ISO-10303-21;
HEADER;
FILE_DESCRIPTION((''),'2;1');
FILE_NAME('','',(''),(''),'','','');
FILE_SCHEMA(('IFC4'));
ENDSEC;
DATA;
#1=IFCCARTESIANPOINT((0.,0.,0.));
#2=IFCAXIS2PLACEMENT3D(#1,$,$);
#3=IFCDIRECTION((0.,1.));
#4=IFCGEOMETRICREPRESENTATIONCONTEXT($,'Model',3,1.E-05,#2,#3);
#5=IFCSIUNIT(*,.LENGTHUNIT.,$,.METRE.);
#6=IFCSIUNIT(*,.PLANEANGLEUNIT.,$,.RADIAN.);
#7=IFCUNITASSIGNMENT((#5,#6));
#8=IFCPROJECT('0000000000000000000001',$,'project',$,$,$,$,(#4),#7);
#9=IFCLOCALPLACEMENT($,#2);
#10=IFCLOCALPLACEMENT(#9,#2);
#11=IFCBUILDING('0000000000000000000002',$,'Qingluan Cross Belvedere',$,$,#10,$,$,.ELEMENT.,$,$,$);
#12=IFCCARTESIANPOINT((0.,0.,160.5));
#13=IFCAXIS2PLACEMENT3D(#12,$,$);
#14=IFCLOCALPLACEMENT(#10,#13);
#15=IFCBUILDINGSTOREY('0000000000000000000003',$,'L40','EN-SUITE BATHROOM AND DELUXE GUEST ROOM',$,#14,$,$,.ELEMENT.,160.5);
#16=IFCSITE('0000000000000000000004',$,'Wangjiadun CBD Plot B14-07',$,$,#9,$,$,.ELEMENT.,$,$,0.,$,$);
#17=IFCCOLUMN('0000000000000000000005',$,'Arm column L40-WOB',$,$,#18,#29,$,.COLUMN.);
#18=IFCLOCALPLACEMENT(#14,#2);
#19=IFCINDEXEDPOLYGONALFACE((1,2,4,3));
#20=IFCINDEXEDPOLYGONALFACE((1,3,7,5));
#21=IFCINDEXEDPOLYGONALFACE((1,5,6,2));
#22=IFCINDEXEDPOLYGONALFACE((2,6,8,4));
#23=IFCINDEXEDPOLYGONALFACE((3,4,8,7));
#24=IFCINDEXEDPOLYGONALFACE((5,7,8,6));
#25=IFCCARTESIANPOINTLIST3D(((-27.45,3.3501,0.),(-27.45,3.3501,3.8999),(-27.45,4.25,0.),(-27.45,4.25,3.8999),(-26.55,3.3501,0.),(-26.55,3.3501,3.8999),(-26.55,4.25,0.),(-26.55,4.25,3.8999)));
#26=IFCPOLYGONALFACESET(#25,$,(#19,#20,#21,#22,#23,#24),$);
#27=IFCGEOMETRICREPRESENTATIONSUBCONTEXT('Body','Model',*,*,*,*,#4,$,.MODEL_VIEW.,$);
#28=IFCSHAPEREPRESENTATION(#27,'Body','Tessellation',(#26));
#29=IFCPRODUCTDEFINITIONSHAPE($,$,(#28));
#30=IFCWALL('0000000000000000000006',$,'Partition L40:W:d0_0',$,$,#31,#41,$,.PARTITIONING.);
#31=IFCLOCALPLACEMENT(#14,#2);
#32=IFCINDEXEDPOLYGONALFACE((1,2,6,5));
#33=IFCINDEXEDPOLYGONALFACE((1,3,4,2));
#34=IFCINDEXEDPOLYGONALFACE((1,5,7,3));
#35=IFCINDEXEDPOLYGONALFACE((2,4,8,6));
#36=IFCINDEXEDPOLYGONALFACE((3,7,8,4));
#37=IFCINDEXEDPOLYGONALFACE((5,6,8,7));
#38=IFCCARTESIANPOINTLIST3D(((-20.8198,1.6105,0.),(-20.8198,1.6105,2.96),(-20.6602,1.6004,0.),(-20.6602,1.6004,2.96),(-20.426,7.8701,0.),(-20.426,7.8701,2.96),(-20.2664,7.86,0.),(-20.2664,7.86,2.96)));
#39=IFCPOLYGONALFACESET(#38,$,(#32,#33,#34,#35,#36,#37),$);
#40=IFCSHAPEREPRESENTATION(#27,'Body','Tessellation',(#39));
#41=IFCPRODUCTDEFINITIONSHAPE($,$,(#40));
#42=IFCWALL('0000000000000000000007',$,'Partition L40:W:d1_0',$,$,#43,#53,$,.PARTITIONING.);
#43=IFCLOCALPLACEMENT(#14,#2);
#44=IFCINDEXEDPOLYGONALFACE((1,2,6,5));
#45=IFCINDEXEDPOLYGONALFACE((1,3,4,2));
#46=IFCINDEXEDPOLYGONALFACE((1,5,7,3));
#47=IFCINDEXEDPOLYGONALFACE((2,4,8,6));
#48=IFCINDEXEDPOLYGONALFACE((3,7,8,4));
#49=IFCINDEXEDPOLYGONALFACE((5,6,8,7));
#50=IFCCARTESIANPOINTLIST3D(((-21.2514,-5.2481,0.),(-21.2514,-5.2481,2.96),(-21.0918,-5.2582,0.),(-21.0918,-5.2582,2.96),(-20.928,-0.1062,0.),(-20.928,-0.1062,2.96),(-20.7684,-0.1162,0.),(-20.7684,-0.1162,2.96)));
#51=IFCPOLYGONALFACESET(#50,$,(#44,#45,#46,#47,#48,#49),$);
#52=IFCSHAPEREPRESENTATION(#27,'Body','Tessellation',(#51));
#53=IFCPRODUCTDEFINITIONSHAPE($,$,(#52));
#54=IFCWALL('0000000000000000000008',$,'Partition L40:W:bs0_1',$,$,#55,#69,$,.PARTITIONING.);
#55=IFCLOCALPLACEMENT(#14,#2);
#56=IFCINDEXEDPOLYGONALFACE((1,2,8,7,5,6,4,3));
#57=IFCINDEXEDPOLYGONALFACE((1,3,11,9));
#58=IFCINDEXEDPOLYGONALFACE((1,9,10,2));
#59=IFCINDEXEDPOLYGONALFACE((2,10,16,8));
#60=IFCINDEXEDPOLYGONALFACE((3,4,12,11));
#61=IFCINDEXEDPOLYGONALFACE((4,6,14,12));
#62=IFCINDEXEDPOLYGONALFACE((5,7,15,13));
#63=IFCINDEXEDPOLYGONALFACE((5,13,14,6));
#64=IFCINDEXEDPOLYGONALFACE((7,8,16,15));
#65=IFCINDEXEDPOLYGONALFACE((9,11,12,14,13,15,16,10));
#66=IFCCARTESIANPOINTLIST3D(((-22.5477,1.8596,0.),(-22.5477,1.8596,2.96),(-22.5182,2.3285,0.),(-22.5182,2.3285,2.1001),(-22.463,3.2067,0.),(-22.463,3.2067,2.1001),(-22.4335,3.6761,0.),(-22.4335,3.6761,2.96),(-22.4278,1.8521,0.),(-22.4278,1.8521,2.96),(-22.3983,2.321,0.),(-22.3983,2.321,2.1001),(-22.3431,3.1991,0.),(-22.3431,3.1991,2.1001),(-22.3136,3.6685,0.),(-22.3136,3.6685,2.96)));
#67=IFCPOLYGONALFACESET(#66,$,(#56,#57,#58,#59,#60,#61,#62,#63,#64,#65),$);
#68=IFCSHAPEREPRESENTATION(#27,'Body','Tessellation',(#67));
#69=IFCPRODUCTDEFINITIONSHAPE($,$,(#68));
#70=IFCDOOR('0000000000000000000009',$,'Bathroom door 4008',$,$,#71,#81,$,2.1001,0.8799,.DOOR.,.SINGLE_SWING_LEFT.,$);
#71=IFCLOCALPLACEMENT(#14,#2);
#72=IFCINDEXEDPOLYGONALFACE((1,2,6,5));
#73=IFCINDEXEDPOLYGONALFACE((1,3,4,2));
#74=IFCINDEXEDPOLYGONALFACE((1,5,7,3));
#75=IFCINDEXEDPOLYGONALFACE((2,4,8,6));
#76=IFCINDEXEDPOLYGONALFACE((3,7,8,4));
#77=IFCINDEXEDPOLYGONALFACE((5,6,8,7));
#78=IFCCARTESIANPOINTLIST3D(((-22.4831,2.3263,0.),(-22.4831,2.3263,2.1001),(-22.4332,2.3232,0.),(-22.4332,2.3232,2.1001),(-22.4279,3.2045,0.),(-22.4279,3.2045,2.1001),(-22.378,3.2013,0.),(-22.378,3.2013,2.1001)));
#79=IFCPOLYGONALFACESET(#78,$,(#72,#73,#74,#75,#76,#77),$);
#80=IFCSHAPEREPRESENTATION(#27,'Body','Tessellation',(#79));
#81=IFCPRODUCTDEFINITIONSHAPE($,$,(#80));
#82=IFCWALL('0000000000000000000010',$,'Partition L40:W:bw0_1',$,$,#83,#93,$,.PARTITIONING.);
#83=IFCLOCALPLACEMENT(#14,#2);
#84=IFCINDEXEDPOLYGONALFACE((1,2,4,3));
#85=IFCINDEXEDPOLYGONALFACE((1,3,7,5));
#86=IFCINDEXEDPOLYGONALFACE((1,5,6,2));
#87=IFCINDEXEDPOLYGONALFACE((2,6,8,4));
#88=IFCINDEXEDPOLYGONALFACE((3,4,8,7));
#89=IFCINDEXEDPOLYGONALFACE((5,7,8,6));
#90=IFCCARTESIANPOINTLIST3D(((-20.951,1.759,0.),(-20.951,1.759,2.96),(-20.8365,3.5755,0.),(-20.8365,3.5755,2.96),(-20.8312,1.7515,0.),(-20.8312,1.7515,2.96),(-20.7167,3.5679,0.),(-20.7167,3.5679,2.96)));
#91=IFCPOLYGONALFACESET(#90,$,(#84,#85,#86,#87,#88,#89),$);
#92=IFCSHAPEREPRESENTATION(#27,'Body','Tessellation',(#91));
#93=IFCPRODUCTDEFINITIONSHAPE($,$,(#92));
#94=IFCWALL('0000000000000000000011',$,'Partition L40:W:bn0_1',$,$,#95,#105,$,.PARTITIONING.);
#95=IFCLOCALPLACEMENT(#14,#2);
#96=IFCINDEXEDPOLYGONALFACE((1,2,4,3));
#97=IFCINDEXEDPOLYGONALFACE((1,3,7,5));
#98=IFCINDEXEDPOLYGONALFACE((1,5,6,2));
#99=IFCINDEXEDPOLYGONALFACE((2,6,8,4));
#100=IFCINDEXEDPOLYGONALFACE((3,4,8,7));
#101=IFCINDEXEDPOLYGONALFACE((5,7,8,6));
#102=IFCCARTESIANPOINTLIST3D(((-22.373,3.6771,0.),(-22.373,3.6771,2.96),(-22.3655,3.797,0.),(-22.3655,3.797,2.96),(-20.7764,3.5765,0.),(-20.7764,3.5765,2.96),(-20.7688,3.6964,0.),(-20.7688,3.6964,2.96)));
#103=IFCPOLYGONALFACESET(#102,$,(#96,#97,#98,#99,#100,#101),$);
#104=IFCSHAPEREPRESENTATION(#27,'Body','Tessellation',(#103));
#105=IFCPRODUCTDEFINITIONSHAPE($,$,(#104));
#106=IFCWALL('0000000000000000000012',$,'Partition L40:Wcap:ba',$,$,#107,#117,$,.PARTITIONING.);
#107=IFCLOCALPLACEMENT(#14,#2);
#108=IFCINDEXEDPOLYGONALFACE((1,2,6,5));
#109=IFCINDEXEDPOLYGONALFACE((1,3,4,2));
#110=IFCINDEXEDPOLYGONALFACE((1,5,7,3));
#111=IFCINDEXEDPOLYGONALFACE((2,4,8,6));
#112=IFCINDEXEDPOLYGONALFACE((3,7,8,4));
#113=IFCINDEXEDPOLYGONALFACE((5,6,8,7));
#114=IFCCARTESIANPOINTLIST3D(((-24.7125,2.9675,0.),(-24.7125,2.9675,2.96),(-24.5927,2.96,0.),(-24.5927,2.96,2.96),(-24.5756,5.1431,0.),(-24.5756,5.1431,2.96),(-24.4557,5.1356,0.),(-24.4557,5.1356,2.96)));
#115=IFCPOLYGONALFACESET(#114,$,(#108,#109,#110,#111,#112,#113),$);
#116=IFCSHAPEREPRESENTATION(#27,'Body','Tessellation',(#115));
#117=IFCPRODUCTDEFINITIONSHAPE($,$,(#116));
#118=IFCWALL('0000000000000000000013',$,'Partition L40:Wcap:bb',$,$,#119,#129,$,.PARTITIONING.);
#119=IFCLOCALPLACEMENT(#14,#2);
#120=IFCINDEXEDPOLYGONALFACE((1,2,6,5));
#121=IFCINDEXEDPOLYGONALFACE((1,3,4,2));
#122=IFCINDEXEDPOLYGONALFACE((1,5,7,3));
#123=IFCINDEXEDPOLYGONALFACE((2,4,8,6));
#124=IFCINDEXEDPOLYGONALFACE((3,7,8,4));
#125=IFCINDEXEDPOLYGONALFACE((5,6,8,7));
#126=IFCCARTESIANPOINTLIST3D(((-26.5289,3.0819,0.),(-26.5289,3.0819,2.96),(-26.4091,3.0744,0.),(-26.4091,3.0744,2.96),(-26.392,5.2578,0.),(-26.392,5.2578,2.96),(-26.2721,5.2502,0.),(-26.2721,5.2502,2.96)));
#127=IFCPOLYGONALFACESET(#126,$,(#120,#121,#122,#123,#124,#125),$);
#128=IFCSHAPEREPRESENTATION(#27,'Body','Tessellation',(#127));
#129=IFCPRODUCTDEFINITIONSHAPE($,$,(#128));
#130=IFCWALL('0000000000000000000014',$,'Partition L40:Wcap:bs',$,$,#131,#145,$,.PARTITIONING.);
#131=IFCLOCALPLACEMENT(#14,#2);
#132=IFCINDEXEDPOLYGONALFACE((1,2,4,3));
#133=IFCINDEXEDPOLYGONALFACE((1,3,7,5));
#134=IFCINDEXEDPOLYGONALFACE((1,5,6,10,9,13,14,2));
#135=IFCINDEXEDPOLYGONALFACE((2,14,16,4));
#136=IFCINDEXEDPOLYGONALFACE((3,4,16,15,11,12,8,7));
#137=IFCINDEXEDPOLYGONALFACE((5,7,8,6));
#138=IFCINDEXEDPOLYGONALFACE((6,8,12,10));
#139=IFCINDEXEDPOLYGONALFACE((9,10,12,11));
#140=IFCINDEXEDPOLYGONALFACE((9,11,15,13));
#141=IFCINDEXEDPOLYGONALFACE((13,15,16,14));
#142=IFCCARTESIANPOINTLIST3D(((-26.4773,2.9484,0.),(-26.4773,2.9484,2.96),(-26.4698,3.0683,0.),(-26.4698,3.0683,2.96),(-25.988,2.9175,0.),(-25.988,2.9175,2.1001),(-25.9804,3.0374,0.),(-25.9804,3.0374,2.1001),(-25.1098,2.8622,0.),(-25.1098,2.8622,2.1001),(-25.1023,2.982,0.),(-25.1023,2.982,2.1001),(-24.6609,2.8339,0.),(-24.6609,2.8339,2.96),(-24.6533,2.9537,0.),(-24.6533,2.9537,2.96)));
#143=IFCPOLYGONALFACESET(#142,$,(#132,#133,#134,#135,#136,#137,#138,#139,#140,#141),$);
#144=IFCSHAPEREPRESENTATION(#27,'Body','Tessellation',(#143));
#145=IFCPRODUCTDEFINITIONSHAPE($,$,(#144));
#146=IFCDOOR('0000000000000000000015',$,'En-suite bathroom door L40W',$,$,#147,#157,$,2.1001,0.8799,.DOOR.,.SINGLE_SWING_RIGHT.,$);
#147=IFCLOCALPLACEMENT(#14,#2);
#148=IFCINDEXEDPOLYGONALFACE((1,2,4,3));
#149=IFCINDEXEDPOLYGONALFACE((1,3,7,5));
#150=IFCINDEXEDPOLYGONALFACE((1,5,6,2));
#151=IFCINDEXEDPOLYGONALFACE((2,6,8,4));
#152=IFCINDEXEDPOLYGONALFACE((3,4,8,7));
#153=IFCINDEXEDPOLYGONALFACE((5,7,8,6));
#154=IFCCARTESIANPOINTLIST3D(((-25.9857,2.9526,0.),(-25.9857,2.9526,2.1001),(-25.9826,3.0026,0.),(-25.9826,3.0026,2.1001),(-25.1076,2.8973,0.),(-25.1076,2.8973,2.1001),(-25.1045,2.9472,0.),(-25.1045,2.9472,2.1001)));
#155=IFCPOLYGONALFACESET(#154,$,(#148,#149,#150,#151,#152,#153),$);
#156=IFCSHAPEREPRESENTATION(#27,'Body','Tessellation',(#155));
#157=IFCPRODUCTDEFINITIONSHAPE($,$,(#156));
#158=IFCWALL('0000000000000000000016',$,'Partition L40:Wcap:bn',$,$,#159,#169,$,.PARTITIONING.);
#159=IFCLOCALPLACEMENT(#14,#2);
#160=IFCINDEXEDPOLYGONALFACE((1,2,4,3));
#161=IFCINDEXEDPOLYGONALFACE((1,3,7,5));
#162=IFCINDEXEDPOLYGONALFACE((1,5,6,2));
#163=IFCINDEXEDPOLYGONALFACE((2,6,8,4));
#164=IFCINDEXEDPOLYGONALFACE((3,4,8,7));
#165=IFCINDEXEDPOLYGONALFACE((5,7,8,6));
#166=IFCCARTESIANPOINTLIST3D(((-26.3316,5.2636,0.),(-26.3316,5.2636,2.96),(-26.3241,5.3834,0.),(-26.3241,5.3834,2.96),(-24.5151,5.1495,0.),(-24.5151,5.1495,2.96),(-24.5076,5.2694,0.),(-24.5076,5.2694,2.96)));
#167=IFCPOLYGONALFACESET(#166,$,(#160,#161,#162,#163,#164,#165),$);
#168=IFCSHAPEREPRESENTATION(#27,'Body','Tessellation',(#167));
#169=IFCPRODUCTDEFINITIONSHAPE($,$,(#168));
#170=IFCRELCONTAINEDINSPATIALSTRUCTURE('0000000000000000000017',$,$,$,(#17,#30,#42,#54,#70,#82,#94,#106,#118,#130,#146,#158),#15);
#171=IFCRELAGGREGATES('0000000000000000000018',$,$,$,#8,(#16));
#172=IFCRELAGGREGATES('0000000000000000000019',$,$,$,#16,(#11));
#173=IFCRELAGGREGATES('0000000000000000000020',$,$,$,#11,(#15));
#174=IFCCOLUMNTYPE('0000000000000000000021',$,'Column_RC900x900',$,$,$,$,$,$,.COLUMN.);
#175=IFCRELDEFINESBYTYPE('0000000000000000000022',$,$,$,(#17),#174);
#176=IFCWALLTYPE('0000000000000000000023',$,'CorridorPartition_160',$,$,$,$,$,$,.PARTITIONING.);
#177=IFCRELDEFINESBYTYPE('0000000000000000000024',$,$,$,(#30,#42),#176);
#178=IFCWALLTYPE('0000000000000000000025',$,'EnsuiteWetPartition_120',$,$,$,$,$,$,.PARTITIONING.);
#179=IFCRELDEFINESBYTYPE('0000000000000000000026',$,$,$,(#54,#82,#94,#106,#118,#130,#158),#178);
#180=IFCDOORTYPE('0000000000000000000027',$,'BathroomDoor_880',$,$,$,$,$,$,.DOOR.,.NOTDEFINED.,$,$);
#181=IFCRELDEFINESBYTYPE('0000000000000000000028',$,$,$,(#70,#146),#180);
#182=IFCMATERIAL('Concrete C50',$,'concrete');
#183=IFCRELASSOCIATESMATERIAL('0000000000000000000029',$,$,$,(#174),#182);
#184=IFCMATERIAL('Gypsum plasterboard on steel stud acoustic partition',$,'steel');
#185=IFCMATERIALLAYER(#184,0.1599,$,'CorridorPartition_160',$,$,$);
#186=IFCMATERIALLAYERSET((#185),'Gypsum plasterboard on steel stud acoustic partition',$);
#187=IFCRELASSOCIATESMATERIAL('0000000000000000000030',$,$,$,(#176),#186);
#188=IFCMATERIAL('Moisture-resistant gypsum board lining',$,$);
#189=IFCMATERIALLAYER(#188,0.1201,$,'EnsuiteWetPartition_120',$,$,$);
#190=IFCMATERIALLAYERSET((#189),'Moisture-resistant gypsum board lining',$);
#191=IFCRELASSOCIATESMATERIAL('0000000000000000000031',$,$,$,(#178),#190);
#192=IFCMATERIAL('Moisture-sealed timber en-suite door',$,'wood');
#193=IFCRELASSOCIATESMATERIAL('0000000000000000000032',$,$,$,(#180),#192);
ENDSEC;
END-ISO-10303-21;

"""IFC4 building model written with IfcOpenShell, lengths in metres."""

from ifc_helpers import new_model, si_unit, direction, frame, frame_2d, origin, origin_2d, place, context, subcontext, project, spatial, rectangle, extrude, material, layer, layer_set, material_profile, profile_set, type_object, element, fill, save


model = new_model("IFC4")

# Units and contexts
model_context = context("Model", 3, precision=1e-05, world=origin(), true_north=direction((0.0, 1.0)))
body_context = subcontext(model_context, "Body", "Model", "MODEL_VIEW")
ifc_project = project(units=[si_unit("LENGTHUNIT", "METRE"), si_unit("PLANEANGLEUNIT", "RADIAN")], contexts=[model_context])

# Site, building, storey
site_placement = place(None, origin())
site = spatial("IfcSite", under=ifc_project, at=site_placement, Name="Wangjiadun CBD Plot B14-07", CompositionType="ELEMENT", RefElevation=0.0)
building_placement = place(site_placement, origin())
building = spatial("IfcBuilding", under=site, at=building_placement, Name="Qingluan Cross Belvedere", CompositionType="ELEMENT")
storey_placement = place(building_placement, frame((0.0, 0.0, 160.5)))
storey = spatial("IfcBuildingStorey", under=building, at=storey_placement, Name="L40", Description="EN-SUITE BATHROOM AND DELUXE GUEST ROOM", CompositionType="ELEMENT", Elevation=160.5)

# Column
ifc_material_1 = material(Name="Concrete C50", Category="concrete")
ifc_material_profile = material_profile(ifc_material_1, rectangle(XDim=0.8999, YDim=0.8999, at=origin_2d()), Name="RC900x900")
ifc_profile_set = profile_set([ifc_material_profile], Name="Concrete C50")
column_type = type_object("IfcColumnType", Name="Column_RC900x900", PredefinedType="COLUMN", material=ifc_profile_set)
column_placement = place(storey_placement, frame((-27.0, 3.8, 0.0), z_axis=(0.0, 0.0, 1.0), x_axis=(1.0, 0.0, 0.0)))
element("IfcColumn", 1, at=column_placement, inside=storey, type_object=column_type, Name="Arm column L40-WOB", PredefinedType="COLUMN", context=body_context, shape_type="SweptSolid", body=[
    extrude(rectangle(XDim=0.8999, YDim=0.8999, at=origin_2d()), origin(), (0.0, 0.0, 1.0), 3.8999),
])

# Walls
ifc_material_2 = material(Name="Gypsum plasterboard on steel stud acoustic partition", Category="steel")
ifc_layer_1 = layer(ifc_material_2, 0.1599, Name="CorridorPartition_160")
ifc_layer_set_1 = layer_set([ifc_layer_1], Name="Gypsum plasterboard on steel stud acoustic partition")
wall_type_1 = type_object("IfcWallType", Name="CorridorPartition_160", PredefinedType="PARTITIONING", material=ifc_layer_set_1)
wall_1_placement = place(storey_placement, frame((-20.74, 1.6055, 0.0), z_axis=(0.0, 0.0, 1.0), x_axis=(0.062788, 0.998027, 0.0)))
element("IfcWall", 2, at=wall_1_placement, inside=storey, type_object=wall_type_1, Name="Partition L40:W:d0_0", PredefinedType="PARTITIONING", context=body_context, shape_type="SweptSolid", body=[
    extrude(rectangle(XDim=6.272, YDim=0.1599, at=frame_2d((3.136, 0.0))), origin(), (0.0, 0.0, 1.0), 2.96),
])
wall_2_placement = place(storey_placement, frame((-20.8481, -0.1111, 0.0), z_axis=(0.0, 0.0, 1.0), x_axis=(-0.062788, -0.998027, 0.0)))
element("IfcWall", 3, at=wall_2_placement, inside=storey, type_object=wall_type_1, Name="Partition L40:W:d1_0", PredefinedType="PARTITIONING", context=body_context, shape_type="SweptSolid", body=[
    extrude(rectangle(XDim=5.1521, YDim=0.1599, at=frame_2d((2.5762, 0.0))), origin(), (0.0, 0.0, 1.0), 2.96),
])

# Wall, opening, door
ifc_material_3 = material(Name="Moisture-resistant gypsum board lining")
ifc_layer_2 = layer(ifc_material_3, 0.1201, Name="EnsuiteWetPartition_120")
ifc_layer_set_2 = layer_set([ifc_layer_2], Name="Moisture-resistant gypsum board lining")
wall_type_2 = type_object("IfcWallType", Name="EnsuiteWetPartition_120", PredefinedType="PARTITIONING", material=ifc_layer_set_2)
wall_3_placement = place(storey_placement, frame((-22.4878, 1.8557, 0.0), z_axis=(0.0, 0.0, 1.0), x_axis=(0.062779, 0.998027, 0.0)))
wall_3 = element("IfcWall", 4, at=wall_3_placement, inside=storey, type_object=wall_type_2, Name="Partition L40:W:bs0_1", PredefinedType="PARTITIONING", context=body_context, shape_type="SweptSolid", body=[
    extrude(rectangle(XDim=1.8201, YDim=0.1201, at=frame_2d((0.9102, 0.0))), origin(), (0.0, 0.0, 1.0), 2.96),
])
opening_1_placement = place(wall_3_placement, frame((0.47, 0.0, 0.0)))
opening_1 = element("IfcOpeningElement", 5, at=opening_1_placement, cuts=wall_3, PredefinedType="OPENING", context=body_context, shape_type="SweptSolid", body=[
    extrude(rectangle(XDim=0.8799, YDim=2.1001, at=frame_2d((0.4399, 1.05))), frame((0.0, 0.0701, 0.0), z_axis=(0.0, -1.0, 0.0), x_axis=(1.0, 0.0, 0.0)), (0.0, 0.0, 1.0), 0.1401),
])
ifc_material_4 = material(Name="Moisture-sealed timber en-suite door", Category="wood")
door_type = type_object("IfcDoorType", Name="BathroomDoor_880", OperationType="NOTDEFINED", PredefinedType="DOOR", material=ifc_material_4)
door_1_placement = place(opening_1_placement, origin())
door_1 = element("IfcDoor", 6, at=door_1_placement, inside=storey, type_object=door_type, Name="Bathroom door 4008", OperationType="SINGLE_SWING_LEFT", OverallHeight=2.1001, OverallWidth=0.8799, PredefinedType="DOOR", context=body_context, shape_type="SweptSolid", body=[
    extrude(rectangle(XDim=0.8799, YDim=2.1001, at=frame_2d((0.4399, 1.05))), frame((0.0, 0.0249, 0.0), z_axis=(0.0, -1.0, 0.0), x_axis=(1.0, 0.0, 0.0)), (0.0, 0.0, 1.0), 0.05),
])
fill(opening_1, door_1)

# Walls
wall_4_placement = place(storey_placement, frame((-20.8911, 1.7551, 0.0), z_axis=(0.0, 0.0, 1.0), x_axis=(0.062913, 0.998019, 0.0)))
element("IfcWall", 7, at=wall_4_placement, inside=storey, type_object=wall_type_2, Name="Partition L40:W:bw0_1", PredefinedType="PARTITIONING", context=body_context, shape_type="SweptSolid", body=[
    extrude(rectangle(XDim=1.8201, YDim=0.1201, at=frame_2d((0.9102, 0.0))), origin(), (0.0, 0.0, 1.0), 2.96),
])
wall_5_placement = place(storey_placement, frame((-20.7727, 3.6365, 0.0), z_axis=(0.0, 0.0, 1.0), x_axis=(-0.998022, 0.062872, 0.0)))
element("IfcWall", 8, at=wall_5_placement, inside=storey, type_object=wall_type_2, Name="Partition L40:W:bn0_1", PredefinedType="PARTITIONING", context=body_context, shape_type="SweptSolid", body=[
    extrude(rectangle(XDim=1.5999, YDim=0.1201, at=frame_2d((0.7998, 0.0))), origin(), (0.0, 0.0, 1.0), 2.96),
])
wall_6_placement = place(storey_placement, frame((-24.6526, 2.9639, 0.0), z_axis=(0.0, 0.0, 1.0), x_axis=(0.062832, 0.998024, 0.0)))
element("IfcWall", 9, at=wall_6_placement, inside=storey, type_object=wall_type_2, Name="Partition L40:Wcap:ba", PredefinedType="PARTITIONING", context=body_context, shape_type="SweptSolid", body=[
    extrude(rectangle(XDim=2.1799, YDim=0.1201, at=frame_2d((1.0898, 0.0))), origin(), (0.0, 0.0, 1.0), 2.96),
])
wall_7_placement = place(storey_placement, frame((-26.469, 3.0781, 0.0), z_axis=(0.0, 0.0, 1.0), x_axis=(0.062824, 0.998025, 0.0)))
element("IfcWall", 10, at=wall_7_placement, inside=storey, type_object=wall_type_2, Name="Partition L40:Wcap:bb", PredefinedType="PARTITIONING", context=body_context, shape_type="SweptSolid", body=[
    extrude(rectangle(XDim=2.1802, YDim=0.1201, at=frame_2d((1.0901, 0.0))), origin(), (0.0, 0.0, 1.0), 2.96),
])

# Wall, opening, door
wall_8_placement = place(storey_placement, frame((-24.657, 2.8938, 0.0), z_axis=(0.0, 0.0, 1.0), x_axis=(-0.998019, 0.062913, 0.0)))
wall_8 = element("IfcWall", 11, at=wall_8_placement, inside=storey, type_object=wall_type_2, Name="Partition L40:Wcap:bs", PredefinedType="PARTITIONING", context=body_context, shape_type="SweptSolid", body=[
    extrude(rectangle(XDim=1.8201, YDim=0.1201, at=frame_2d((0.9102, 0.0))), origin(), (0.0, 0.0, 1.0), 2.96),
])
opening_2_placement = place(wall_8_placement, frame((0.45, 0.0, 0.0)))
opening_2 = element("IfcOpeningElement", 12, at=opening_2_placement, cuts=wall_8, PredefinedType="OPENING", context=body_context, shape_type="SweptSolid", body=[
    extrude(rectangle(XDim=0.8799, YDim=2.1001, at=frame_2d((0.4399, 1.05))), frame((0.0, 0.0701, 0.0), z_axis=(0.0, -1.0, 0.0), x_axis=(1.0, 0.0, 0.0)), (0.0, 0.0, 1.0), 0.1401),
])
door_2_placement = place(opening_2_placement, origin())
door_2 = element("IfcDoor", 13, at=door_2_placement, inside=storey, type_object=door_type, Name="En-suite bathroom door L40W", OperationType="SINGLE_SWING_RIGHT", OverallHeight=2.1001, OverallWidth=0.8799, PredefinedType="DOOR", context=body_context, shape_type="SweptSolid", body=[
    extrude(rectangle(XDim=0.8799, YDim=2.1001, at=frame_2d((0.4399, 1.05))), frame((0.0, 0.0249, 0.0), z_axis=(0.0, -1.0, 0.0), x_axis=(1.0, 0.0, 0.0)), (0.0, 0.0, 1.0), 0.05),
])
fill(opening_2, door_2)

# Wall
wall_9_placement = place(storey_placement, frame((-24.5112, 5.2095, 0.0), z_axis=(0.0, 0.0, 1.0), x_axis=(-0.998036, 0.062646, 0.0)))
element("IfcWall", 14, at=wall_9_placement, inside=storey, type_object=wall_type_2, Name="Partition L40:Wcap:bn", PredefinedType="PARTITIONING", context=body_context, shape_type="SweptSolid", body=[
    extrude(rectangle(XDim=1.8201, YDim=0.1201, at=frame_2d((0.9102, 0.0))), origin(), (0.0, 0.0, 1.0), 2.96),
])

save(model, "model.ifc")
